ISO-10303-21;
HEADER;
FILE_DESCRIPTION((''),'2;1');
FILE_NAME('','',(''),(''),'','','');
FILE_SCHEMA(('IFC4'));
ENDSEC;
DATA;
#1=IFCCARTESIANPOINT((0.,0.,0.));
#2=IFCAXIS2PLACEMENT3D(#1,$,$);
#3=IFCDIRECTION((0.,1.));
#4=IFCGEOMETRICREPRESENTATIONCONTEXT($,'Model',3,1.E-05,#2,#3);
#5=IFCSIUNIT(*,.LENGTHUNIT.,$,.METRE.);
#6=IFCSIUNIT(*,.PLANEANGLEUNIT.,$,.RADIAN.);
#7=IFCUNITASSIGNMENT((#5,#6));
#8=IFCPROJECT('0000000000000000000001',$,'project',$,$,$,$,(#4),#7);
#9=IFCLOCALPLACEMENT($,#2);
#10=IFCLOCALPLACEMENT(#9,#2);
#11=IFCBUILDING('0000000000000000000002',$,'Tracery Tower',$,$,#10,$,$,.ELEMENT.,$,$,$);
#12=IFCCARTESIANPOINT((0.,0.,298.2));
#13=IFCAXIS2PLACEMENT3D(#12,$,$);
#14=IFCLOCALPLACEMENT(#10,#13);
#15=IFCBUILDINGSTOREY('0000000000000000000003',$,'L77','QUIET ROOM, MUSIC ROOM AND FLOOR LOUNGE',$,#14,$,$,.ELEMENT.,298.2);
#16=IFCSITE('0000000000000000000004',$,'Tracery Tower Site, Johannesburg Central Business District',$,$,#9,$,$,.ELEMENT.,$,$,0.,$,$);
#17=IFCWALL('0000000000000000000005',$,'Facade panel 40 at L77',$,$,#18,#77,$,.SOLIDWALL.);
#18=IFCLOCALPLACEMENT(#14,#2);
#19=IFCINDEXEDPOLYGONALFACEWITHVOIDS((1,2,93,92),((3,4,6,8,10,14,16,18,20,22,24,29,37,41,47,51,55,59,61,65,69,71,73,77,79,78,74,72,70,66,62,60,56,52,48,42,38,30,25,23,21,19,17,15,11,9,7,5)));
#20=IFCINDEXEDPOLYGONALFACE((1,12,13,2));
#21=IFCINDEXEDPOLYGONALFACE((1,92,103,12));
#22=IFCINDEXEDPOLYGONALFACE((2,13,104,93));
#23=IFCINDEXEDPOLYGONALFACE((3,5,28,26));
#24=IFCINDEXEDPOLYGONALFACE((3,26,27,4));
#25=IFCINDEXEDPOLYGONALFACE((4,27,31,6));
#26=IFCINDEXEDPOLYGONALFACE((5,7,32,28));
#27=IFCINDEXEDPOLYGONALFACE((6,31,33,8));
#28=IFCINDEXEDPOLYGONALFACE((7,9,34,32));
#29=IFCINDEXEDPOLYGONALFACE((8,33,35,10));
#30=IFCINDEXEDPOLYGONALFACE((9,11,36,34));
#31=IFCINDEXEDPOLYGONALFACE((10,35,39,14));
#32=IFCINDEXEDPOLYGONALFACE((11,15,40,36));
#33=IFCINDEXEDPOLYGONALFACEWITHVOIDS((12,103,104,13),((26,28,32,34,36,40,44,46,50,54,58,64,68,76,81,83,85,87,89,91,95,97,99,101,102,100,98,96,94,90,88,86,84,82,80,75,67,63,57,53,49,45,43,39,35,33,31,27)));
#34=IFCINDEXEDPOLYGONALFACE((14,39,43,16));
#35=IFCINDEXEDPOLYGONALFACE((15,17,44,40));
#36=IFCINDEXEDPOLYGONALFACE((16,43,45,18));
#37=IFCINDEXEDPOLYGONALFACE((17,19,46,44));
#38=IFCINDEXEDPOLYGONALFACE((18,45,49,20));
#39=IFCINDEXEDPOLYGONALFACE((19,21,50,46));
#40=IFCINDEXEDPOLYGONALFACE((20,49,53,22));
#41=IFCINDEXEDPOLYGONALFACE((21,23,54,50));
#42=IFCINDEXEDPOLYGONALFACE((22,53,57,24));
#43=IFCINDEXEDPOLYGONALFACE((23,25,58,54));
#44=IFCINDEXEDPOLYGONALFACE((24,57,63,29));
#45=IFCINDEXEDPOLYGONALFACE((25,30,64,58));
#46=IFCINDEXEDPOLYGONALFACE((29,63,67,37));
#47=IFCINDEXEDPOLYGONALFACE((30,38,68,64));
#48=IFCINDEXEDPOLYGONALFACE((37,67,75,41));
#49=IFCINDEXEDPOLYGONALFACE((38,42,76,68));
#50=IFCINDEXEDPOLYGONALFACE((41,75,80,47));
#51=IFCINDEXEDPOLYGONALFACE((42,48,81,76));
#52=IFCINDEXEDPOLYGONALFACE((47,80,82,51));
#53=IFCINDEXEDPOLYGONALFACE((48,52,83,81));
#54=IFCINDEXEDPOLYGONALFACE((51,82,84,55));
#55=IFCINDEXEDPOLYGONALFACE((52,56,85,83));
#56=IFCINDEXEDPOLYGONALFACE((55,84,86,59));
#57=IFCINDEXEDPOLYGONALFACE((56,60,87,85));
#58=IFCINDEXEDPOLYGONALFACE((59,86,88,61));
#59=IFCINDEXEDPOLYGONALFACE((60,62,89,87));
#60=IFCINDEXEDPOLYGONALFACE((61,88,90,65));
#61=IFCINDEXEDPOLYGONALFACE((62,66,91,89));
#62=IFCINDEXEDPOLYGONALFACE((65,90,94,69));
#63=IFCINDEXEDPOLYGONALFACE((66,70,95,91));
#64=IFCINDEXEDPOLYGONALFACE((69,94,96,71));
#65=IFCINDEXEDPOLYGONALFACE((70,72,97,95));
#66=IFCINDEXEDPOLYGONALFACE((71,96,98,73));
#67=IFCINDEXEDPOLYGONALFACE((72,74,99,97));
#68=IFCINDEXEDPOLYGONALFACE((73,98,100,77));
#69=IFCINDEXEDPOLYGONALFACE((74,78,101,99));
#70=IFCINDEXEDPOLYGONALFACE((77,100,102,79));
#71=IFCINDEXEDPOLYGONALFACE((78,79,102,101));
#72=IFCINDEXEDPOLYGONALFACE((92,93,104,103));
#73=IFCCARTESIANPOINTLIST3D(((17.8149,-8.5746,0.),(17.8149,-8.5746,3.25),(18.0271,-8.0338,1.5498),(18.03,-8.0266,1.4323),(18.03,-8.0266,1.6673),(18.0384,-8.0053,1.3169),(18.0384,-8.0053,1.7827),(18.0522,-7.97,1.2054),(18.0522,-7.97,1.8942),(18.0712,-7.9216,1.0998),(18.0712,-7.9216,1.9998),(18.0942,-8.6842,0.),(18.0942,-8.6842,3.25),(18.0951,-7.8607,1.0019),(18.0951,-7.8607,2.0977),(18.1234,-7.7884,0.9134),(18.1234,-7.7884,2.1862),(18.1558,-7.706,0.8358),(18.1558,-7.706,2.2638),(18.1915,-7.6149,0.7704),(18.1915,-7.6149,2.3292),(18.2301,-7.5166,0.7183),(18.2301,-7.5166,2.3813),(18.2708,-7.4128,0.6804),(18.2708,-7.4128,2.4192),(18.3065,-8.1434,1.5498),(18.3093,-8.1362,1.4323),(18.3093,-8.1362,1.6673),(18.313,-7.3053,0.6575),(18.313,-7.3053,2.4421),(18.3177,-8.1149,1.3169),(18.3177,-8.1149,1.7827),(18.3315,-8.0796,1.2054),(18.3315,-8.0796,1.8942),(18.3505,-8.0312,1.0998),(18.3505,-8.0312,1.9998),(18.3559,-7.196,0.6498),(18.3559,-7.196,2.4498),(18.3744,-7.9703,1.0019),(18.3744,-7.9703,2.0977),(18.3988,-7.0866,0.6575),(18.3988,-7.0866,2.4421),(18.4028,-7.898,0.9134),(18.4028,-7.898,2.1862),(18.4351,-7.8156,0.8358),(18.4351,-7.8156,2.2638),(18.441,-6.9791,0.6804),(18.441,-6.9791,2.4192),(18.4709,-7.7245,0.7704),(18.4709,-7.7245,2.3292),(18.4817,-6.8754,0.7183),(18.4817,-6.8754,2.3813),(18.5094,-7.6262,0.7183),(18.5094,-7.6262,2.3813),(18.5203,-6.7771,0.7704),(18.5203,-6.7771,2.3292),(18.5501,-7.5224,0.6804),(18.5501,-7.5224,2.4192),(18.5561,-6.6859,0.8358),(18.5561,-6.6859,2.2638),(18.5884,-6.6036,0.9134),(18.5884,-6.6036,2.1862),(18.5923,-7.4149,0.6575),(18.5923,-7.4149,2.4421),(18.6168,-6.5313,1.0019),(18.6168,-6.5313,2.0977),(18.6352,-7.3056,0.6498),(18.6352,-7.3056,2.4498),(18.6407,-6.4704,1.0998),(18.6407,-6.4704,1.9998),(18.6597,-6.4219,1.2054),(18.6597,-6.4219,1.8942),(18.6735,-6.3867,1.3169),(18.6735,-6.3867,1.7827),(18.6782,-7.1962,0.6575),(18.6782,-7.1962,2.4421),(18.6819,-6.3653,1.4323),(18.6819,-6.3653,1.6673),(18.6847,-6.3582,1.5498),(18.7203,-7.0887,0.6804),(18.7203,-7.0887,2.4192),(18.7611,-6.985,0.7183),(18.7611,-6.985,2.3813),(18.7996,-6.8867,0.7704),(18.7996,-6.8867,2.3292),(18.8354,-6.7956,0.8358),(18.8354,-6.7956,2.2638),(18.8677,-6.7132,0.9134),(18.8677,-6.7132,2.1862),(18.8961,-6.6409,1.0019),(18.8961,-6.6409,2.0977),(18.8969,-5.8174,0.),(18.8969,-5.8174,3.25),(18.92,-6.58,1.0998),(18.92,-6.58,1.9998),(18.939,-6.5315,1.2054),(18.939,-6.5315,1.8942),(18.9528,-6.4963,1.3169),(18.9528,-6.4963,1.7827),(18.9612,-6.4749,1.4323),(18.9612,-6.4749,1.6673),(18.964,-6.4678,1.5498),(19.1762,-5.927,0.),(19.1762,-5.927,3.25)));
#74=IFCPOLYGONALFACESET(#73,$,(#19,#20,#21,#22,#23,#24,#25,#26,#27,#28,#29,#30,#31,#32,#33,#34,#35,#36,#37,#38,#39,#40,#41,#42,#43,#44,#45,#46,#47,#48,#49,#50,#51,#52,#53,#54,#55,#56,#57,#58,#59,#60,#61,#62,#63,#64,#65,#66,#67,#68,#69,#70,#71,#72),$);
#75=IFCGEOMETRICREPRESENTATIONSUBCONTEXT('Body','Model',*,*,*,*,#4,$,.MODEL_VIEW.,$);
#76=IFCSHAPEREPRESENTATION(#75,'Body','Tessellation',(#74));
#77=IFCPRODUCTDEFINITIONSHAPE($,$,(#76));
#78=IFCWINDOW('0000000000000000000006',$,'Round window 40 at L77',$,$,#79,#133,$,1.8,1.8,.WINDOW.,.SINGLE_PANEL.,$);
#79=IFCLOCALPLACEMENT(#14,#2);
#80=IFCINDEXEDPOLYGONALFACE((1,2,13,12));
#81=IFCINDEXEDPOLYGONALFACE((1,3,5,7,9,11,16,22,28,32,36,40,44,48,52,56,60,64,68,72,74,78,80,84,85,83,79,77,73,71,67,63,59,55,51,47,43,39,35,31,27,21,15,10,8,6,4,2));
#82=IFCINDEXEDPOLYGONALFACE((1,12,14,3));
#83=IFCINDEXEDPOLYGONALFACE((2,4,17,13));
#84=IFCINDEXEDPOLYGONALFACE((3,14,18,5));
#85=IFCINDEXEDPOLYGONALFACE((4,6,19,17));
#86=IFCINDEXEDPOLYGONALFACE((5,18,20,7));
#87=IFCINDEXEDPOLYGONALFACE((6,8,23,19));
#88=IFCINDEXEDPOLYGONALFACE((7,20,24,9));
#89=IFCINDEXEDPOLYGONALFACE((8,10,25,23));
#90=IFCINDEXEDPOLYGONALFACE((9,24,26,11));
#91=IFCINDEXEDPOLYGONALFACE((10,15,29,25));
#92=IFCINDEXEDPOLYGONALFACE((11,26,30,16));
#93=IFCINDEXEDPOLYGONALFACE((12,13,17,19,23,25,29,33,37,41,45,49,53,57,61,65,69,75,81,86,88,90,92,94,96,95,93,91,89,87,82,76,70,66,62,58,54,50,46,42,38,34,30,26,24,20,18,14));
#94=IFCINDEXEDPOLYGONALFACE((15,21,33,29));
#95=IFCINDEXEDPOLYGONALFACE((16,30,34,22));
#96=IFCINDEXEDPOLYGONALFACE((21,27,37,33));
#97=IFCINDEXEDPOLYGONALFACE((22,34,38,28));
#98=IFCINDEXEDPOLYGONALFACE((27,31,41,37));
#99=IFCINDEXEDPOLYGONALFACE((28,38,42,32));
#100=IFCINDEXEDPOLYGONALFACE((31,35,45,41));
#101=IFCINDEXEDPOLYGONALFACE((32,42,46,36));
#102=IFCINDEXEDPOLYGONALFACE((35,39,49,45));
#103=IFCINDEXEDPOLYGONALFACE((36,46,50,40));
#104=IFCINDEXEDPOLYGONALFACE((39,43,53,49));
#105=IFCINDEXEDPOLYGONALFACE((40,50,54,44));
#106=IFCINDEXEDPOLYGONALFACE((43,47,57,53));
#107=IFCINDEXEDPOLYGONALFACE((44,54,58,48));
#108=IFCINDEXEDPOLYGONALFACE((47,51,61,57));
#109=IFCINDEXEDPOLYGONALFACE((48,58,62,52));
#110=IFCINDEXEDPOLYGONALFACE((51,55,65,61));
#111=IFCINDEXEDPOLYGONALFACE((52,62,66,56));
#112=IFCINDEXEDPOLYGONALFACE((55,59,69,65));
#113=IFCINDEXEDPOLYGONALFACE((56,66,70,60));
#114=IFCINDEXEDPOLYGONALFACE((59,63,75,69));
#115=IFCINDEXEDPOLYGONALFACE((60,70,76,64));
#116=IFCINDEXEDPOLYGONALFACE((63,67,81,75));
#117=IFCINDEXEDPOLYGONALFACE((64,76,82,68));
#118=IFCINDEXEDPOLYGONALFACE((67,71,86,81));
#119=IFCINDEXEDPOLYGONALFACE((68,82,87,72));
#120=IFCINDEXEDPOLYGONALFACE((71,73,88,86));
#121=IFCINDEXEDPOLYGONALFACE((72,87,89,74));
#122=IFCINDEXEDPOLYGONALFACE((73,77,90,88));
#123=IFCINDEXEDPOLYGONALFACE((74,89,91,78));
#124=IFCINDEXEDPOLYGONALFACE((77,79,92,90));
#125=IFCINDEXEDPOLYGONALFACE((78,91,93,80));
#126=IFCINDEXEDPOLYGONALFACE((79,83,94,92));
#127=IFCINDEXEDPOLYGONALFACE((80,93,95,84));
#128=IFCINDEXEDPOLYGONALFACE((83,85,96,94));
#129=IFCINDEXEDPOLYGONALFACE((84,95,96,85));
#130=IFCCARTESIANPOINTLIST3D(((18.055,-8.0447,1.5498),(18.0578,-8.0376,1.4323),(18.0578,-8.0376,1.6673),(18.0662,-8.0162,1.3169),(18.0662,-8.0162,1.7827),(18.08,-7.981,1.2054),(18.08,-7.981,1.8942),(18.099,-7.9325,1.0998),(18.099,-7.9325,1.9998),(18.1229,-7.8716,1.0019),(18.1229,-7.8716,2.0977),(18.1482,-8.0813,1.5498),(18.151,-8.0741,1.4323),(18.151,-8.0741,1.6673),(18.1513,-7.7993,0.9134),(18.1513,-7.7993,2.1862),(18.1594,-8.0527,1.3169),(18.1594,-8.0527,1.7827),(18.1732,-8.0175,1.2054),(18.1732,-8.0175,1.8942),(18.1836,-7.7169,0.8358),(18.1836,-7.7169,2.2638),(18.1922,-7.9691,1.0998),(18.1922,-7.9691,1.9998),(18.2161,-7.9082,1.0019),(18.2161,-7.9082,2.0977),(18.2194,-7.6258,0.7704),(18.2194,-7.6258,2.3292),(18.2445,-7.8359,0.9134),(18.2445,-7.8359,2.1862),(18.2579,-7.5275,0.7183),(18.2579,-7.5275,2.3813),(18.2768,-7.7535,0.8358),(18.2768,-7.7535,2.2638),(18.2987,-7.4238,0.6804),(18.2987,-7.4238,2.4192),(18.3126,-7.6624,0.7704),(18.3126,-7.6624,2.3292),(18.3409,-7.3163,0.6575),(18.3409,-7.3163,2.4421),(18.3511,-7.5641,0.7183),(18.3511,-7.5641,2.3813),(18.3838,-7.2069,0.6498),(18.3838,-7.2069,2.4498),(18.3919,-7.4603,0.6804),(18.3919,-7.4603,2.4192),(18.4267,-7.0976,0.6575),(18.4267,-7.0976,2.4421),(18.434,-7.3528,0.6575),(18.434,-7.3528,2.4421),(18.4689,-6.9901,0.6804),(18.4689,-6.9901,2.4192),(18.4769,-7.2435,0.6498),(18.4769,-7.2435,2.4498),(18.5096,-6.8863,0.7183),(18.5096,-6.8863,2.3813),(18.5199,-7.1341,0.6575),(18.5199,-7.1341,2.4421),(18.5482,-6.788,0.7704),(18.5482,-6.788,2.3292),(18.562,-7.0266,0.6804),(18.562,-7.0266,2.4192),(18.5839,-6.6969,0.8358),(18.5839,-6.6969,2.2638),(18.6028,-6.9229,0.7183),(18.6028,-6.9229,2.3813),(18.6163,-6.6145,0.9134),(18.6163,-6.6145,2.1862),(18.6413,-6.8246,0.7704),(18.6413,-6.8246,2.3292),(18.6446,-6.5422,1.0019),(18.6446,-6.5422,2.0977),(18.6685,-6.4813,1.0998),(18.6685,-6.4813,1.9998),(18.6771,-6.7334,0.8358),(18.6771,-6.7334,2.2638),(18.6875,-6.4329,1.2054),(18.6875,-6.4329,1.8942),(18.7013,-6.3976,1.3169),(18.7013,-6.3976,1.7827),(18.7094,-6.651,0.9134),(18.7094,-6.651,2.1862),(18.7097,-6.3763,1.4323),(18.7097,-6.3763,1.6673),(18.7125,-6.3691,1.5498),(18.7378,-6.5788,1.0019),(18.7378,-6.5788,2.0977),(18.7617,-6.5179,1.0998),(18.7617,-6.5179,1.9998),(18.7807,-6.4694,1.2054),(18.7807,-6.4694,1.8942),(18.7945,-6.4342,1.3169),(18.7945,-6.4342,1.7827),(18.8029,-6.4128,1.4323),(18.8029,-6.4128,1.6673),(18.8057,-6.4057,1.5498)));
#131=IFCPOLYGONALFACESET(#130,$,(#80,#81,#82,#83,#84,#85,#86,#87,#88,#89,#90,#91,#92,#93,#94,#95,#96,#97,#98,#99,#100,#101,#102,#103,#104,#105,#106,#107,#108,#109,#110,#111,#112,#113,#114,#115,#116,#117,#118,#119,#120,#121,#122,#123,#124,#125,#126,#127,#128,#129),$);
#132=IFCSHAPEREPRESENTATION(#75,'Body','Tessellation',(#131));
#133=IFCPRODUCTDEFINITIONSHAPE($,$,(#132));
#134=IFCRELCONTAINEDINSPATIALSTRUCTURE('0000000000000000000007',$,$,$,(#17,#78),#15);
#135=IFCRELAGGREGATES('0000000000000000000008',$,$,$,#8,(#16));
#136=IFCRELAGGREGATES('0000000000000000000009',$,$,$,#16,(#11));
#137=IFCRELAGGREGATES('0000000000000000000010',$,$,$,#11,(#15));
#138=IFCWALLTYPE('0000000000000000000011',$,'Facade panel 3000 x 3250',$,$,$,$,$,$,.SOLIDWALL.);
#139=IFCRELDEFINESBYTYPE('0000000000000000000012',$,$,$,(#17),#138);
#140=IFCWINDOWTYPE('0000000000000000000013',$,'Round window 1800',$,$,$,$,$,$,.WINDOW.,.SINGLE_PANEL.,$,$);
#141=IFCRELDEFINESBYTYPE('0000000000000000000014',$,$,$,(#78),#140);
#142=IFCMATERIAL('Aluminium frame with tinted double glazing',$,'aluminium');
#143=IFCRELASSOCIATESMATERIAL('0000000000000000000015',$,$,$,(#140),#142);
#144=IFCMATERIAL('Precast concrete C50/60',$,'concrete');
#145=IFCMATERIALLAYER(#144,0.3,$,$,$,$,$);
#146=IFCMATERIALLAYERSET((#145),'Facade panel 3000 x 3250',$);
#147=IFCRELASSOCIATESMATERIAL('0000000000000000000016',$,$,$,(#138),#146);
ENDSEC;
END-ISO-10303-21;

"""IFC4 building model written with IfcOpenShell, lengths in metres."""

from ifc_helpers import new_model, si_unit, direction, frame, frame_2d, origin, origin_2d, place, context, subcontext, project, spatial, rectangle, circle, extrude, material, layer, layer_set, type_object, element, fill, save


model = new_model("IFC4")

# Units and contexts
model_context = context("Model", 3, precision=1e-05, world=origin(), true_north=direction((0.0, 1.0)))
body_context = subcontext(model_context, "Body", "Model", "MODEL_VIEW")
ifc_project = project(units=[si_unit("LENGTHUNIT", "METRE"), si_unit("PLANEANGLEUNIT", "RADIAN")], contexts=[model_context])

# Site, building, storey
site_placement = place(None, origin())
site = spatial("IfcSite", under=ifc_project, at=site_placement, Name="Tracery Tower Site, Johannesburg Central Business District", CompositionType="ELEMENT", RefElevation=0.0)
building_placement = place(site_placement, origin())
building = spatial("IfcBuilding", under=site, at=building_placement, Name="Tracery Tower", CompositionType="ELEMENT")
storey_placement = place(building_placement, frame((0.0, 0.0, 298.2)))
storey = spatial("IfcBuildingStorey", under=building, at=storey_placement, Name="L77", Description="QUIET ROOM, MUSIC ROOM AND FLOOR LOUNGE", CompositionType="ELEMENT", Elevation=298.2)

# Wall, opening, window
ifc_material_1 = material(Name="Aluminium frame with tinted double glazing", Category="aluminium")
window_type = type_object("IfcWindowType", Name="Round window 1800", PartitioningType="SINGLE_PANEL", PredefinedType="WINDOW", material=ifc_material_1)
ifc_material_2 = material(Name="Precast concrete C50/60", Category="concrete")
ifc_layer_1 = layer(ifc_material_2, 0.3)
ifc_layer_set_1 = layer_set([ifc_layer_1], Name="Facade panel 3000 x 3250")
wall_type_1 = type_object("IfcWallType", Name="Facade panel 3000 x 3250", PredefinedType="SOLIDWALL", material=ifc_layer_set_1)
wall_1_placement = place(storey_placement, frame((17.9546, -8.6294, 0.0), z_axis=(0.0, 0.0, 1.0), x_axis=(0.3653, 0.93089, 0.0)))
wall_1 = element("IfcWall", 1, at=wall_1_placement, inside=storey, type_object=wall_type_1, Name="Facade panel 40 at L77", PredefinedType="SOLIDWALL", context=body_context, shape_type="SweptSolid", body=[
    extrude(rectangle(XDim=2.9619, YDim=0.3, at=frame_2d((1.481, 0.0))), origin(), (0.0, 0.0, 1.0), 3.25),
])
opening_1_placement = place(wall_1_placement, frame((1.481, 0.0, 1.5498)))
opening_1 = element("IfcOpeningElement", 2, at=opening_1_placement, cuts=wall_1, PredefinedType="OPENING", context=body_context, shape_type="SweptSolid", body=[
    extrude(circle(Radius=0.9, at=origin_2d()), frame((0.0, 0.1599, 0.0), z_axis=(0.0, -1.0, 0.0), x_axis=(1.0, 0.0, 0.0)), (0.0, 0.0, 1.0), 0.3201),
])
window_1_placement = place(opening_1_placement, origin())
window_1 = element("IfcWindow", 3, at=window_1_placement, inside=storey, type_object=window_type, Name="Round window 40 at L77", OverallHeight=1.8, OverallWidth=1.8, PartitioningType="SINGLE_PANEL", PredefinedType="WINDOW", context=body_context, shape_type="SweptSolid", body=[
    extrude(circle(Radius=0.9, at=origin_2d()), frame((0.0, 0.1201, 0.0), z_axis=(0.0, -1.0, 0.0), x_axis=(1.0, 0.0, 0.0)), (0.0, 0.0, 1.0), 0.1001),
])
fill(opening_1, window_1)

save(model, "model.ifc")
